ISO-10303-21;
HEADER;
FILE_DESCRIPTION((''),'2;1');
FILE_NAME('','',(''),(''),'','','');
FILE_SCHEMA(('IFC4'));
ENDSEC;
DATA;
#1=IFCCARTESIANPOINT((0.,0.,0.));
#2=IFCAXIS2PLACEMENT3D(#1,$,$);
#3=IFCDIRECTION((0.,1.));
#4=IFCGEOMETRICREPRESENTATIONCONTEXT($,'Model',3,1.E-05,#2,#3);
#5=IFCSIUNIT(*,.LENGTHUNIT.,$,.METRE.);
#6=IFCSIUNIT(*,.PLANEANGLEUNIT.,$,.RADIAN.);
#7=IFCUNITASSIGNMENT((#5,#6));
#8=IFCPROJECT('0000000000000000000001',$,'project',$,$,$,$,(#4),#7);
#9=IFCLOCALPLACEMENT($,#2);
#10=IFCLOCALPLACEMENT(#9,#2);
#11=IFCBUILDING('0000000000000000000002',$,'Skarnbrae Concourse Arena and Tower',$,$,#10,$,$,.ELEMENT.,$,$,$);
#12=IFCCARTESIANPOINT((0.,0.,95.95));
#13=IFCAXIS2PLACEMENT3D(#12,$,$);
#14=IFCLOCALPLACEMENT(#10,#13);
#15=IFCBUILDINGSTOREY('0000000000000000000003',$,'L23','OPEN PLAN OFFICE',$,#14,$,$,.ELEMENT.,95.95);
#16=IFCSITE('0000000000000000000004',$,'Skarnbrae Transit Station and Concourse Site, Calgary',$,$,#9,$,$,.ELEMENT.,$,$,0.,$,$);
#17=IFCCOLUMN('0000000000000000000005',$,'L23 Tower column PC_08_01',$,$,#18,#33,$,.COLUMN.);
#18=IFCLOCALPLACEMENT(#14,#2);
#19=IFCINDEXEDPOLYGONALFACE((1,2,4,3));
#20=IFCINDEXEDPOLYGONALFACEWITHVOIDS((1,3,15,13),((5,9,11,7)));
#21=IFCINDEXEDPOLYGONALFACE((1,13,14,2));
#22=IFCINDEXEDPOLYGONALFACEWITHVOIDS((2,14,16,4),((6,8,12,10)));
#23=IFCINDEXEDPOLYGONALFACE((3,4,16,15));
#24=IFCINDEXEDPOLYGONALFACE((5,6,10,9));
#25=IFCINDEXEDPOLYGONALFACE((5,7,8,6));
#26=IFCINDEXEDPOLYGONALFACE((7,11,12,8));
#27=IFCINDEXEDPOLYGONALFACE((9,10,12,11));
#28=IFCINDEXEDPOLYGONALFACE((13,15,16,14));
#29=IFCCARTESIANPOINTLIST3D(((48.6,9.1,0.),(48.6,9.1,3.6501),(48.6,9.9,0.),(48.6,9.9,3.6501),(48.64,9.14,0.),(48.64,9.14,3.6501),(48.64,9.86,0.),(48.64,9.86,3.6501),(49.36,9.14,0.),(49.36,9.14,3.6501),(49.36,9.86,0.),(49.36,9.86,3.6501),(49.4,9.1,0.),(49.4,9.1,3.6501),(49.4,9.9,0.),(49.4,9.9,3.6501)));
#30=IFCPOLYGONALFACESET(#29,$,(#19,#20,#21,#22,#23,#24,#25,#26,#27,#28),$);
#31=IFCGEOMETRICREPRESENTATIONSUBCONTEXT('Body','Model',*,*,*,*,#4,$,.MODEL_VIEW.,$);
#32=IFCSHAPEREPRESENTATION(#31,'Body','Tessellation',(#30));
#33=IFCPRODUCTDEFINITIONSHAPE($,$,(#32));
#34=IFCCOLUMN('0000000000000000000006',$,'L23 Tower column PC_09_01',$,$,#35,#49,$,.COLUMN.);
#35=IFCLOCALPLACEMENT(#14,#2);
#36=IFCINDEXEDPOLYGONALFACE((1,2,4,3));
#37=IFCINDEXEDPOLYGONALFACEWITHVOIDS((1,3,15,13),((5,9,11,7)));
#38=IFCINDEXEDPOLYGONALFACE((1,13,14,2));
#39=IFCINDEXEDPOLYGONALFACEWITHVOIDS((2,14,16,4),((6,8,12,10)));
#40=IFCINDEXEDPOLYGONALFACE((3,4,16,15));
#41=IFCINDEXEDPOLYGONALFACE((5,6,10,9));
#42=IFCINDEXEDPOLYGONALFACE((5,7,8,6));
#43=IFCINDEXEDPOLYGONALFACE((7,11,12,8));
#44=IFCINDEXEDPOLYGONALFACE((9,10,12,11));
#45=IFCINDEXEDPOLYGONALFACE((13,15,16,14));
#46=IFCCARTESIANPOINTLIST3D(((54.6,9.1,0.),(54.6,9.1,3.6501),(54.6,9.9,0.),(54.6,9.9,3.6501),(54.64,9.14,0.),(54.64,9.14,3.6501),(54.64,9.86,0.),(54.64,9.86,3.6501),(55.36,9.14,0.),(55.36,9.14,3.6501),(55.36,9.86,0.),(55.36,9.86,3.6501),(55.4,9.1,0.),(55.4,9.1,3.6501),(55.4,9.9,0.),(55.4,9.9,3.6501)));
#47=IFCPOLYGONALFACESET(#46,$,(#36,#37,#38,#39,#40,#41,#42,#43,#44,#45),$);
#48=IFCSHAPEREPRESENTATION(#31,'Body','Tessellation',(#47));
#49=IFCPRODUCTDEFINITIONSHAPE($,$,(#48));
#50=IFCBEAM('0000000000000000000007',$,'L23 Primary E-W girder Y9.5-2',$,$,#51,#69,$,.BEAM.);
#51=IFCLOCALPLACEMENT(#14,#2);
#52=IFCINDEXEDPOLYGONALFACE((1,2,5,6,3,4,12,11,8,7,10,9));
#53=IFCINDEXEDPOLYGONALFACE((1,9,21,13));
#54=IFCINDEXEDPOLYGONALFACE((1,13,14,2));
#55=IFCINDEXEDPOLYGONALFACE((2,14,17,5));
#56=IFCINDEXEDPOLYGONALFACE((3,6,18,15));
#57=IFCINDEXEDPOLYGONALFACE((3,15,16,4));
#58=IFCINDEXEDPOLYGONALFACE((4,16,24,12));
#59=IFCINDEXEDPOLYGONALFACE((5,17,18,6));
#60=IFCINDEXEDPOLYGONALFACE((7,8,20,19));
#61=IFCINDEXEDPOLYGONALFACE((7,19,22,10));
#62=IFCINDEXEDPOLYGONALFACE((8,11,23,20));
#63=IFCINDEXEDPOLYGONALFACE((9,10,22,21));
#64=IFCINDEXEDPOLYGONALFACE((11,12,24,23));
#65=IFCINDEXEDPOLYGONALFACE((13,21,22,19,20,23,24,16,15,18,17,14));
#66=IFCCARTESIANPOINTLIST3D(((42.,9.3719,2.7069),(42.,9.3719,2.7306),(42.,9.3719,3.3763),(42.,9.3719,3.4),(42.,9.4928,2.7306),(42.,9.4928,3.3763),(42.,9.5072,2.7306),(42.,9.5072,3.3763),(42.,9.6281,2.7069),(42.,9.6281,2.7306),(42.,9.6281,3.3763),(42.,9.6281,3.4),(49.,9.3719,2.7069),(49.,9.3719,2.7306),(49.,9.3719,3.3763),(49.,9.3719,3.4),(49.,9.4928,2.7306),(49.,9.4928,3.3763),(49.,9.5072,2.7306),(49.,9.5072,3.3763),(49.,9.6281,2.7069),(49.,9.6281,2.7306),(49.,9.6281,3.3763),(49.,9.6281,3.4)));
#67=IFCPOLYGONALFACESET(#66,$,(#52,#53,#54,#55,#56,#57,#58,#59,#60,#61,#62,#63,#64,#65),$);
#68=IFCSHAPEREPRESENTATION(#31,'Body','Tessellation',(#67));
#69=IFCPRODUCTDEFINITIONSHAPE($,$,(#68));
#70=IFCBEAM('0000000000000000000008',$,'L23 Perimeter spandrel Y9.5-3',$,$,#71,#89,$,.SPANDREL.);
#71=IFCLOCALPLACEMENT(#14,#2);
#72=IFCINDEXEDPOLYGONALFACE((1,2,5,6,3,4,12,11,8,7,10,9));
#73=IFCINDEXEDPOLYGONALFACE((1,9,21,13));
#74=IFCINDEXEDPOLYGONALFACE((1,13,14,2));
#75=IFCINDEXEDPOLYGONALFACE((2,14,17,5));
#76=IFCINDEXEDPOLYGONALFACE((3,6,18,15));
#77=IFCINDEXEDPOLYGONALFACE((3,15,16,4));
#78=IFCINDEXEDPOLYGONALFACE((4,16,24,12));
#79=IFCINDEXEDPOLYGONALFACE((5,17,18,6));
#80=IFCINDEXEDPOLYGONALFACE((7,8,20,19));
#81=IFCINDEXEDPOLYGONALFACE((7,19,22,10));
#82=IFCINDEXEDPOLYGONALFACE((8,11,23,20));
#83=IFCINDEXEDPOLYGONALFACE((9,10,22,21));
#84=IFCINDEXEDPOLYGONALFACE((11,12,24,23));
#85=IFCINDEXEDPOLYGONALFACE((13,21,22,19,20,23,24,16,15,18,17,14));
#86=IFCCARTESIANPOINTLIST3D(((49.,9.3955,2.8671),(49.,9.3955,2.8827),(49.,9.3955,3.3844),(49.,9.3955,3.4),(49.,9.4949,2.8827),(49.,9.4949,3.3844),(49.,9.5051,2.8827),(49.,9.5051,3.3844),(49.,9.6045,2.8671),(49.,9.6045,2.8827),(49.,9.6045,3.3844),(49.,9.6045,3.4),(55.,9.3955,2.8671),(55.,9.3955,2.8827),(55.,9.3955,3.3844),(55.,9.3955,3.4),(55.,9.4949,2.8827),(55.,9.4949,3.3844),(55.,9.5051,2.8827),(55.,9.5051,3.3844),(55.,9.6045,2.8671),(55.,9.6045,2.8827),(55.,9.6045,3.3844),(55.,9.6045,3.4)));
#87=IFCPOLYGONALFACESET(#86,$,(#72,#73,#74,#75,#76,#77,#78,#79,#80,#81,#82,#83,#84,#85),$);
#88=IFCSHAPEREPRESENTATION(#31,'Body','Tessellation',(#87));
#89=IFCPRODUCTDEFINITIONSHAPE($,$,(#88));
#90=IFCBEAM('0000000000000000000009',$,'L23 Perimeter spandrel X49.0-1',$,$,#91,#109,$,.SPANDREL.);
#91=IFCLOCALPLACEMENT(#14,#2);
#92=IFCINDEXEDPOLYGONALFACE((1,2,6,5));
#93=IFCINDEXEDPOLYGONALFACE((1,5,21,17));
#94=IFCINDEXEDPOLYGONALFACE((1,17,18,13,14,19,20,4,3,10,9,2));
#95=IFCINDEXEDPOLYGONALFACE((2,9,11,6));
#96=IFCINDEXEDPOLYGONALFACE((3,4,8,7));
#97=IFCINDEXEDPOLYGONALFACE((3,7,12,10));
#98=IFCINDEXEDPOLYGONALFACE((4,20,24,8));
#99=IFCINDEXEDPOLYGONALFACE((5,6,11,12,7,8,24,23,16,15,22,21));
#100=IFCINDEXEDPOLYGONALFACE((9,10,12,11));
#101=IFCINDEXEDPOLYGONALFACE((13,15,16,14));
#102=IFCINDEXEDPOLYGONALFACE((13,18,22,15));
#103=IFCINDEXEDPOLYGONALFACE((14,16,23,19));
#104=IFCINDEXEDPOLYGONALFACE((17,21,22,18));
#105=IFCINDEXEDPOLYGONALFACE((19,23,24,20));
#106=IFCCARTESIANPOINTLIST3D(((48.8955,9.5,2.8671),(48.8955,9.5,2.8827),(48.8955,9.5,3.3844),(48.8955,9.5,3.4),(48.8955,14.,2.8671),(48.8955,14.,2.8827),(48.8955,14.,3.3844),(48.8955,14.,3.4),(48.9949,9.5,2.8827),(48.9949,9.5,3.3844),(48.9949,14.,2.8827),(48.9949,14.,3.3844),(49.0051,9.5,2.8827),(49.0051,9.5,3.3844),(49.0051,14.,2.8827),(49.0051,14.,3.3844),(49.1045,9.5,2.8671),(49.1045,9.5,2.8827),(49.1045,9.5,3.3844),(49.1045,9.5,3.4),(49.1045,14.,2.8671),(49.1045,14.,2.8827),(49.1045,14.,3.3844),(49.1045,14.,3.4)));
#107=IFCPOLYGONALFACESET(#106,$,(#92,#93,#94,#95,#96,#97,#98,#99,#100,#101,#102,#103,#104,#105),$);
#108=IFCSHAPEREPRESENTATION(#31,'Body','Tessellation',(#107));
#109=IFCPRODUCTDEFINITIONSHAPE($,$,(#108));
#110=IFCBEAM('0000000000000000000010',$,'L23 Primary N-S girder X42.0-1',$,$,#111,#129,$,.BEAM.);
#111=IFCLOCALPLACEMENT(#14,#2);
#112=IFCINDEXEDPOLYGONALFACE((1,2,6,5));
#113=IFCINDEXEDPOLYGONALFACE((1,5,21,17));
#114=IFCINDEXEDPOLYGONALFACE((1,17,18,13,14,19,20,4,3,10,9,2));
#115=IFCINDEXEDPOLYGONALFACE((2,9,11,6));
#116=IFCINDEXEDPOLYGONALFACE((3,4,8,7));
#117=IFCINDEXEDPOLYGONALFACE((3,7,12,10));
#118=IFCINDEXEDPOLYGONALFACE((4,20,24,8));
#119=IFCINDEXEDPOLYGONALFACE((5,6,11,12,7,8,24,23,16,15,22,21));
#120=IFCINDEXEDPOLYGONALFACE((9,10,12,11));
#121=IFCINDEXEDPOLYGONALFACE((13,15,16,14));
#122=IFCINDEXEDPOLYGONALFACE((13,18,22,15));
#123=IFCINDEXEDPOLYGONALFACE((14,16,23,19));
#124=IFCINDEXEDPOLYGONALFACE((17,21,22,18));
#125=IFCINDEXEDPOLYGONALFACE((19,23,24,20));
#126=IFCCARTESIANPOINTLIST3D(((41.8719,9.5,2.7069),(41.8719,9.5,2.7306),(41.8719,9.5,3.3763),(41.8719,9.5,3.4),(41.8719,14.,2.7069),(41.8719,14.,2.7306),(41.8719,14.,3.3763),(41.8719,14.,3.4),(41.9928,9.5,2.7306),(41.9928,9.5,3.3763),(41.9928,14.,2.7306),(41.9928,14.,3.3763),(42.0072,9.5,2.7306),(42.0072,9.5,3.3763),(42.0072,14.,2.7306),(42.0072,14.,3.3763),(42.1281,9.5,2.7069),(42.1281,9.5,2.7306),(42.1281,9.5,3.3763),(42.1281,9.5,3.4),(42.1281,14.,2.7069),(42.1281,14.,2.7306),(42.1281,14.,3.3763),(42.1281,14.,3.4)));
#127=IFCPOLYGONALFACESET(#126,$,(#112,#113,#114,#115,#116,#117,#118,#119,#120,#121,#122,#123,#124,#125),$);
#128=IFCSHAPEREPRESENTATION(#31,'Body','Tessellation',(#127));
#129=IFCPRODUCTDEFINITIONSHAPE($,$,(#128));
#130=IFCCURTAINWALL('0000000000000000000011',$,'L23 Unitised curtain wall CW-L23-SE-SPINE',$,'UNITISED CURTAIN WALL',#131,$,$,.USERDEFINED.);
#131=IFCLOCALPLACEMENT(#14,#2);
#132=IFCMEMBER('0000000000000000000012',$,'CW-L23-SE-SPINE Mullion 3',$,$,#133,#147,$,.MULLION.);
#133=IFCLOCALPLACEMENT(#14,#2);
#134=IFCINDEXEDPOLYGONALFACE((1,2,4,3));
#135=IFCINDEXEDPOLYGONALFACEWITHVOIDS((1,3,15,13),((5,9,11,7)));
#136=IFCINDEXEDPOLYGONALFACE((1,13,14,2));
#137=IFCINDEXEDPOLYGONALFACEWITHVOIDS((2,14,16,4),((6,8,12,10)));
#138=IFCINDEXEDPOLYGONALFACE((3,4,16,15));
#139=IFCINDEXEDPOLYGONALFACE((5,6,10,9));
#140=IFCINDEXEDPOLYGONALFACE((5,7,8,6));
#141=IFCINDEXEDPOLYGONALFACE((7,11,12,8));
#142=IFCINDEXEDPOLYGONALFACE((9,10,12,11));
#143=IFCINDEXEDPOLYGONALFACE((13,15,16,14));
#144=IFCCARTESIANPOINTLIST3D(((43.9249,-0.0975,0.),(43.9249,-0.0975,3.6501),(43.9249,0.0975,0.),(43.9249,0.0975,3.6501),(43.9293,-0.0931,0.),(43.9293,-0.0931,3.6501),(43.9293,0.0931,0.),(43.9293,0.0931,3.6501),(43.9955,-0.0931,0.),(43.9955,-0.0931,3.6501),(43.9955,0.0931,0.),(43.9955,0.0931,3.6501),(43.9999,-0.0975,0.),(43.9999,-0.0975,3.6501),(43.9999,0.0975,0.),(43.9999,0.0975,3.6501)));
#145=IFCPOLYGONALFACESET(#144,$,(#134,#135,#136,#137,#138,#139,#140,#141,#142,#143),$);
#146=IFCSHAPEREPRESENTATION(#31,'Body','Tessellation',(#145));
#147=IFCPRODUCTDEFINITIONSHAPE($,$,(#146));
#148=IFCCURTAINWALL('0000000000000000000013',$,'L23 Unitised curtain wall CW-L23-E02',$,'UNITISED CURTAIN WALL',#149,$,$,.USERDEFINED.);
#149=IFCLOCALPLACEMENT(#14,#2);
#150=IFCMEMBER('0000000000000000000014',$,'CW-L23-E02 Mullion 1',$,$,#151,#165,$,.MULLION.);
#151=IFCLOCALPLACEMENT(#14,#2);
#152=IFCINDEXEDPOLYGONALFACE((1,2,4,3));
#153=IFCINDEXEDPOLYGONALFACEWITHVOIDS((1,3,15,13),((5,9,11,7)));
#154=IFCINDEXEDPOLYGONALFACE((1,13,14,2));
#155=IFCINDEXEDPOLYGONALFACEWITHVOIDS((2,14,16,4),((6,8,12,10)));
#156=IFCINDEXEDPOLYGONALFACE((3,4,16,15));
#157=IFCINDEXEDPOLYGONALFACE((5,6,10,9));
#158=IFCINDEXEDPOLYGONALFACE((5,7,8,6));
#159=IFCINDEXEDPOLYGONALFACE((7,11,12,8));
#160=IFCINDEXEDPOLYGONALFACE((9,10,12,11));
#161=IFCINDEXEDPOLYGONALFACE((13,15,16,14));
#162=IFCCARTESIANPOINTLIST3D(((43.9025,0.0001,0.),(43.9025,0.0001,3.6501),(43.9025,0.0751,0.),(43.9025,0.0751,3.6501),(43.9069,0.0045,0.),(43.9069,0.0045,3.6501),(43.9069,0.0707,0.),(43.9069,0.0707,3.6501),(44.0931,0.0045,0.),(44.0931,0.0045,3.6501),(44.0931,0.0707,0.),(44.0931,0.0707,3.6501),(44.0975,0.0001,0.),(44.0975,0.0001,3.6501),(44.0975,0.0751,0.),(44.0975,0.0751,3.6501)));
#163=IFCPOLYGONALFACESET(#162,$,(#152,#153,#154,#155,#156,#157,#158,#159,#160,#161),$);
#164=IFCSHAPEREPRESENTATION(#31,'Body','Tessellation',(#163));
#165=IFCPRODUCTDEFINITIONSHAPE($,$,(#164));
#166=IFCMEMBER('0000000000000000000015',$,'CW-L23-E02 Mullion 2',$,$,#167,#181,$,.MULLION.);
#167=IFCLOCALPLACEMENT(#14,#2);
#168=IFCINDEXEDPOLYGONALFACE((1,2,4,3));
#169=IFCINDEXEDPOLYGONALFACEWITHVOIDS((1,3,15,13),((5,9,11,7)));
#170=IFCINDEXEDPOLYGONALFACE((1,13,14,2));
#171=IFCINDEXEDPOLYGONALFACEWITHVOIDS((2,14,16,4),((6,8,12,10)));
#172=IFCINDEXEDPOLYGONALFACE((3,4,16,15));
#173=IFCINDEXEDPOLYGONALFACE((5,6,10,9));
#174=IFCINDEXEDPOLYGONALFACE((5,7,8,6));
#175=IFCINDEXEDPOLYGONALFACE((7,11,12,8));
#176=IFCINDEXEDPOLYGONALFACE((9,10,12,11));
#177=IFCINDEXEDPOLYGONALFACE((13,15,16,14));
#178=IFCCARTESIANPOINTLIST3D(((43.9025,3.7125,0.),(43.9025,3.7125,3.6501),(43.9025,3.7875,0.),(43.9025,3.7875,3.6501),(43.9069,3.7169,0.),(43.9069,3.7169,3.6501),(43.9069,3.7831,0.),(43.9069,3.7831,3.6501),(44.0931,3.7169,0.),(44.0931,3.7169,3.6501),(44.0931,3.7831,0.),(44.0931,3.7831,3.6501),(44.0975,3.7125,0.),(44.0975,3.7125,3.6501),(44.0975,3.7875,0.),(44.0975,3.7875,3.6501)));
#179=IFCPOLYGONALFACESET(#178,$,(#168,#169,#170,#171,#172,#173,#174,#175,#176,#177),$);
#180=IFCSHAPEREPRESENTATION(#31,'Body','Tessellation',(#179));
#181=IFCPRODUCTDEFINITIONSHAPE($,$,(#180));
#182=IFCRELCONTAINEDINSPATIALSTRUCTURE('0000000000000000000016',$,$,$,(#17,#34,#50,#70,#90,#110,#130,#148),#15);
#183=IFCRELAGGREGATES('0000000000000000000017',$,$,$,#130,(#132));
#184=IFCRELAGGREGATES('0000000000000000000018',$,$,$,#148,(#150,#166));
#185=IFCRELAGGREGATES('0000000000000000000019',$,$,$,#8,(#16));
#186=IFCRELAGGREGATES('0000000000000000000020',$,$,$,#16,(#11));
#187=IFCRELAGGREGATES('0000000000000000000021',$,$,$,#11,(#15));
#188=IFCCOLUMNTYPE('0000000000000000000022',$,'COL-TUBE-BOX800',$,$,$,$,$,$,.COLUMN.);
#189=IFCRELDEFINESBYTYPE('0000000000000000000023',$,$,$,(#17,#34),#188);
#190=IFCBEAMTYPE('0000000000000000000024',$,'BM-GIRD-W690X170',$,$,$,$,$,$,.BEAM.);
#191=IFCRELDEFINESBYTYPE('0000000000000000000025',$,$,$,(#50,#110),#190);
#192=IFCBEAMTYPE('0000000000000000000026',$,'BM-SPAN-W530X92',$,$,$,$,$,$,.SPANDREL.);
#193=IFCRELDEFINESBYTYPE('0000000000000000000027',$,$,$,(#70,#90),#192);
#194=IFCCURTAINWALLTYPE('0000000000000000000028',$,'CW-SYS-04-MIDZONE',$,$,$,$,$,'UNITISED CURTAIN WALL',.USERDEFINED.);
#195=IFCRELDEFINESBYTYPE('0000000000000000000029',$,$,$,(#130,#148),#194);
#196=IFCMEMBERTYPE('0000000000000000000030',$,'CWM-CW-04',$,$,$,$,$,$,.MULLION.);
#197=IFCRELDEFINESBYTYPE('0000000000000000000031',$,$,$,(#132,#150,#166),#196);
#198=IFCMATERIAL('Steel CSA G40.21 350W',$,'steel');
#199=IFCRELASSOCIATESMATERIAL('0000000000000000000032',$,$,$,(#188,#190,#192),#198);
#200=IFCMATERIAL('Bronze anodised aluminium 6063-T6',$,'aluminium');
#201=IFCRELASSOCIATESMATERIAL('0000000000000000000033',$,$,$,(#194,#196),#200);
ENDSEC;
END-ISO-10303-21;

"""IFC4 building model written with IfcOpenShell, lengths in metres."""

from ifc_helpers import new_model, si_unit, direction, frame, origin, origin_2d, place, context, subcontext, project, spatial, hollow_rectangle, i_section, extrude, source, transform, mapped, material, material_profile, profile_set, type_object, element, aggregate, save


model = new_model("IFC4")

# Units and contexts
model_context = context("Model", 3, precision=1e-05, world=origin(), true_north=direction((0.0, 1.0)))
body_context = subcontext(model_context, "Body", "Model", "MODEL_VIEW")
ifc_project = project(units=[si_unit("LENGTHUNIT", "METRE"), si_unit("PLANEANGLEUNIT", "RADIAN")], contexts=[model_context])

# Site, building, storey
site_placement = place(None, origin())
site = spatial("IfcSite", under=ifc_project, at=site_placement, Name="Skarnbrae Transit Station and Concourse Site, Calgary", CompositionType="ELEMENT", RefElevation=0.0)
building_placement = place(site_placement, origin())
building = spatial("IfcBuilding", under=site, at=building_placement, Name="Skarnbrae Concourse Arena and Tower", CompositionType="ELEMENT")
storey_placement = place(building_placement, frame((0.0, 0.0, 95.95)))
storey = spatial("IfcBuildingStorey", under=building, at=storey_placement, Name="L23", Description="OPEN PLAN OFFICE", CompositionType="ELEMENT", Elevation=95.95)

# Columns
ifc_material_1 = material(Name="Steel CSA G40.21 350W", Category="steel")
ifc_material_profile_1 = material_profile(ifc_material_1, hollow_rectangle(XDim=0.8, YDim=0.8, WallThickness=0.04, at=origin_2d()), Name="BOX800X800X40")
ifc_profile_set_1 = profile_set([ifc_material_profile_1], Name="Steel CSA G40.21 350W")
column_type = type_object("IfcColumnType", Name="COL-TUBE-BOX800", PredefinedType="COLUMN", material=ifc_profile_set_1)
shared_shape_1 = source(origin(), body_context, "Body", "SweptSolid", [
    extrude(hollow_rectangle(XDim=0.8, YDim=0.8, WallThickness=0.04, at=origin_2d()), origin(), (0.0, 0.0, 1.0), 3.6501),
])
for number, where, z_axis, x_axis, name in (
    (1, (49.0, 9.5, 0.0), (0.0, 0.0, 1.0), (1.0, 0.0, 0.0), "L23 Tower column PC_08_01"),
    (2, (55.0, 9.5, 0.0), (0.0, 0.0, 1.0), (1.0, 0.0, 0.0), "L23 Tower column PC_09_01"),
):
    element("IfcColumn", number, at=place(storey_placement, frame(where, z_axis=z_axis, x_axis=x_axis)), inside=storey, type_object=column_type, Name=name, PredefinedType="COLUMN", context=body_context, shape_type="MappedRepresentation", body=[
        mapped(shared_shape_1, transform((0.0, 0.0, 0.0))),
    ])

# Beams
ifc_material_profile_2 = material_profile(ifc_material_1, i_section(OverallWidth=0.2561, OverallDepth=0.6931, WebThickness=0.0144, FlangeThickness=0.0237, at=origin_2d()), Name="W690X170")
ifc_profile_set_2 = profile_set([ifc_material_profile_2], Name="Steel CSA G40.21 350W")
beam_type_1 = type_object("IfcBeamType", Name="BM-GIRD-W690X170", PredefinedType="BEAM", material=ifc_profile_set_2)
shared_shape_2 = source(origin(), body_context, "Body", "SweptSolid", [
    extrude(i_section(OverallWidth=0.2561, OverallDepth=0.6931, WebThickness=0.0144, FlangeThickness=0.0237, at=origin_2d()), origin(), (0.0, 0.0, 1.0), 7.0),
])
beam_1_placement = place(storey_placement, frame((42.0, 9.5, 3.0535), z_axis=(1.0, 0.0, 0.0), x_axis=(0.0, 1.0, 0.0)))
element("IfcBeam", 3, at=beam_1_placement, inside=storey, type_object=beam_type_1, Name="L23 Primary E-W girder Y9.5-2", PredefinedType="BEAM", context=body_context, shape_type="MappedRepresentation", body=[
    mapped(shared_shape_2, transform((0.0, 0.0, 0.0))),
])
ifc_material_profile_3 = material_profile(ifc_material_1, i_section(OverallWidth=0.209, OverallDepth=0.533, WebThickness=0.0103, FlangeThickness=0.0156, at=origin_2d()), Name="W530X92")
ifc_profile_set_3 = profile_set([ifc_material_profile_3], Name="Steel CSA G40.21 350W")
beam_type_2 = type_object("IfcBeamType", Name="BM-SPAN-W530X92", PredefinedType="SPANDREL", material=ifc_profile_set_3)
shared_shape_3 = source(origin(), body_context, "Body", "SweptSolid", [
    extrude(i_section(OverallWidth=0.209, OverallDepth=0.533, WebThickness=0.0103, FlangeThickness=0.0156, at=origin_2d()), origin(), (0.0, 0.0, 1.0), 6.0),
])
beam_2_placement = place(storey_placement, frame((49.0, 9.5, 3.1335), z_axis=(1.0, 0.0, 0.0), x_axis=(0.0, 1.0, 0.0)))
element("IfcBeam", 4, at=beam_2_placement, inside=storey, type_object=beam_type_2, Name="L23 Perimeter spandrel Y9.5-3", PredefinedType="SPANDREL", context=body_context, shape_type="MappedRepresentation", body=[
    mapped(shared_shape_3, transform((0.0, 0.0, 0.0))),
])
shared_shape_4 = source(origin(), body_context, "Body", "SweptSolid", [
    extrude(i_section(OverallWidth=0.209, OverallDepth=0.533, WebThickness=0.0103, FlangeThickness=0.0156, at=origin_2d()), origin(), (0.0, 0.0, 1.0), 4.5),
])
beam_3_placement = place(storey_placement, frame((49.0, 9.5, 3.1335), z_axis=(0.0, 1.0, 0.0), x_axis=(-1.0, 0.0, 0.0)))
element("IfcBeam", 5, at=beam_3_placement, inside=storey, type_object=beam_type_2, Name="L23 Perimeter spandrel X49.0-1", PredefinedType="SPANDREL", context=body_context, shape_type="MappedRepresentation", body=[
    mapped(shared_shape_4, transform((0.0, 0.0, 0.0))),
])
shared_shape_5 = source(origin(), body_context, "Body", "SweptSolid", [
    extrude(i_section(OverallWidth=0.2561, OverallDepth=0.6931, WebThickness=0.0144, FlangeThickness=0.0237, at=origin_2d()), origin(), (0.0, 0.0, 1.0), 4.5),
])
beam_4_placement = place(storey_placement, frame((42.0, 9.5, 3.0535), z_axis=(0.0, 1.0, 0.0), x_axis=(-1.0, 0.0, 0.0)))
element("IfcBeam", 6, at=beam_4_placement, inside=storey, type_object=beam_type_1, Name="L23 Primary N-S girder X42.0-1", PredefinedType="BEAM", context=body_context, shape_type="MappedRepresentation", body=[
    mapped(shared_shape_5, transform((0.0, 0.0, 0.0))),
])

# Curtain wall, member
ifc_material_2 = material(Name="Bronze anodised aluminium 6063-T6", Category="aluminium")
curtain_wall_type = type_object("IfcCurtainWallType", Name="CW-SYS-04-MIDZONE", ElementType="UNITISED CURTAIN WALL", PredefinedType="USERDEFINED", material=ifc_material_2)
curtain_wall_1_placement = place(storey_placement, origin())
curtain_wall_1 = element("IfcCurtainWall", 7, at=curtain_wall_1_placement, inside=storey, type_object=curtain_wall_type, Name="L23 Unitised curtain wall CW-L23-SE-SPINE", ObjectType="UNITISED CURTAIN WALL", PredefinedType="USERDEFINED")
ifc_material_profile_4 = material_profile(ifc_material_2, hollow_rectangle(XDim=0.075, YDim=0.1951, WallThickness=0.0044, at=origin_2d()), Name="ALU-MULL-75X195")
ifc_profile_set_4 = profile_set([ifc_material_profile_4], Name="Bronze anodised aluminium 6063-T6")
member_type_1 = type_object("IfcMemberType", Name="CWM-CW-04", PredefinedType="MULLION", material=ifc_profile_set_4)
shared_shape_6 = source(origin(), body_context, "Body", "SweptSolid", [
    extrude(hollow_rectangle(XDim=0.075, YDim=0.1951, WallThickness=0.0044, at=origin_2d()), origin(), (0.0, 0.0, 1.0), 3.6501),
])
member_1_placement = place(storey_placement, frame((43.9624, 0.0, 0.0), z_axis=(0.0, 0.0, 1.0), x_axis=(1.0, 0.0, 0.0)))
member_1 = element("IfcMember", 8, at=member_1_placement, type_object=member_type_1, Name="CW-L23-SE-SPINE Mullion 3", PredefinedType="MULLION", context=body_context, shape_type="MappedRepresentation", body=[
    mapped(shared_shape_6, transform((0.0, 0.0, 0.0))),
])
aggregate(curtain_wall_1, [member_1])

# Curtain wall, members
curtain_wall_2_placement = place(storey_placement, origin())
curtain_wall_2 = element("IfcCurtainWall", 9, at=curtain_wall_2_placement, inside=storey, type_object=curtain_wall_type, Name="L23 Unitised curtain wall CW-L23-E02", ObjectType="UNITISED CURTAIN WALL", PredefinedType="USERDEFINED")
member_2_placement = place(storey_placement, frame((44.0, 0.0376, 0.0), z_axis=(0.0, 0.0, 1.0), x_axis=(0.0, 1.0, 0.0)))
member_2 = element("IfcMember", 10, at=member_2_placement, type_object=member_type_1, Name="CW-L23-E02 Mullion 1", PredefinedType="MULLION", context=body_context, shape_type="MappedRepresentation", body=[
    mapped(shared_shape_6, transform((0.0, 0.0, 0.0))),
])
member_3_placement = place(storey_placement, frame((44.0, 3.75, 0.0), z_axis=(0.0, 0.0, 1.0), x_axis=(0.0, 1.0, 0.0)))
member_3 = element("IfcMember", 11, at=member_3_placement, type_object=member_type_1, Name="CW-L23-E02 Mullion 2", PredefinedType="MULLION", context=body_context, shape_type="MappedRepresentation", body=[
    mapped(shared_shape_6, transform((0.0, 0.0, 0.0))),
])

aggregate(curtain_wall_2, [member_2, member_3])

save(model, "model.ifc")
